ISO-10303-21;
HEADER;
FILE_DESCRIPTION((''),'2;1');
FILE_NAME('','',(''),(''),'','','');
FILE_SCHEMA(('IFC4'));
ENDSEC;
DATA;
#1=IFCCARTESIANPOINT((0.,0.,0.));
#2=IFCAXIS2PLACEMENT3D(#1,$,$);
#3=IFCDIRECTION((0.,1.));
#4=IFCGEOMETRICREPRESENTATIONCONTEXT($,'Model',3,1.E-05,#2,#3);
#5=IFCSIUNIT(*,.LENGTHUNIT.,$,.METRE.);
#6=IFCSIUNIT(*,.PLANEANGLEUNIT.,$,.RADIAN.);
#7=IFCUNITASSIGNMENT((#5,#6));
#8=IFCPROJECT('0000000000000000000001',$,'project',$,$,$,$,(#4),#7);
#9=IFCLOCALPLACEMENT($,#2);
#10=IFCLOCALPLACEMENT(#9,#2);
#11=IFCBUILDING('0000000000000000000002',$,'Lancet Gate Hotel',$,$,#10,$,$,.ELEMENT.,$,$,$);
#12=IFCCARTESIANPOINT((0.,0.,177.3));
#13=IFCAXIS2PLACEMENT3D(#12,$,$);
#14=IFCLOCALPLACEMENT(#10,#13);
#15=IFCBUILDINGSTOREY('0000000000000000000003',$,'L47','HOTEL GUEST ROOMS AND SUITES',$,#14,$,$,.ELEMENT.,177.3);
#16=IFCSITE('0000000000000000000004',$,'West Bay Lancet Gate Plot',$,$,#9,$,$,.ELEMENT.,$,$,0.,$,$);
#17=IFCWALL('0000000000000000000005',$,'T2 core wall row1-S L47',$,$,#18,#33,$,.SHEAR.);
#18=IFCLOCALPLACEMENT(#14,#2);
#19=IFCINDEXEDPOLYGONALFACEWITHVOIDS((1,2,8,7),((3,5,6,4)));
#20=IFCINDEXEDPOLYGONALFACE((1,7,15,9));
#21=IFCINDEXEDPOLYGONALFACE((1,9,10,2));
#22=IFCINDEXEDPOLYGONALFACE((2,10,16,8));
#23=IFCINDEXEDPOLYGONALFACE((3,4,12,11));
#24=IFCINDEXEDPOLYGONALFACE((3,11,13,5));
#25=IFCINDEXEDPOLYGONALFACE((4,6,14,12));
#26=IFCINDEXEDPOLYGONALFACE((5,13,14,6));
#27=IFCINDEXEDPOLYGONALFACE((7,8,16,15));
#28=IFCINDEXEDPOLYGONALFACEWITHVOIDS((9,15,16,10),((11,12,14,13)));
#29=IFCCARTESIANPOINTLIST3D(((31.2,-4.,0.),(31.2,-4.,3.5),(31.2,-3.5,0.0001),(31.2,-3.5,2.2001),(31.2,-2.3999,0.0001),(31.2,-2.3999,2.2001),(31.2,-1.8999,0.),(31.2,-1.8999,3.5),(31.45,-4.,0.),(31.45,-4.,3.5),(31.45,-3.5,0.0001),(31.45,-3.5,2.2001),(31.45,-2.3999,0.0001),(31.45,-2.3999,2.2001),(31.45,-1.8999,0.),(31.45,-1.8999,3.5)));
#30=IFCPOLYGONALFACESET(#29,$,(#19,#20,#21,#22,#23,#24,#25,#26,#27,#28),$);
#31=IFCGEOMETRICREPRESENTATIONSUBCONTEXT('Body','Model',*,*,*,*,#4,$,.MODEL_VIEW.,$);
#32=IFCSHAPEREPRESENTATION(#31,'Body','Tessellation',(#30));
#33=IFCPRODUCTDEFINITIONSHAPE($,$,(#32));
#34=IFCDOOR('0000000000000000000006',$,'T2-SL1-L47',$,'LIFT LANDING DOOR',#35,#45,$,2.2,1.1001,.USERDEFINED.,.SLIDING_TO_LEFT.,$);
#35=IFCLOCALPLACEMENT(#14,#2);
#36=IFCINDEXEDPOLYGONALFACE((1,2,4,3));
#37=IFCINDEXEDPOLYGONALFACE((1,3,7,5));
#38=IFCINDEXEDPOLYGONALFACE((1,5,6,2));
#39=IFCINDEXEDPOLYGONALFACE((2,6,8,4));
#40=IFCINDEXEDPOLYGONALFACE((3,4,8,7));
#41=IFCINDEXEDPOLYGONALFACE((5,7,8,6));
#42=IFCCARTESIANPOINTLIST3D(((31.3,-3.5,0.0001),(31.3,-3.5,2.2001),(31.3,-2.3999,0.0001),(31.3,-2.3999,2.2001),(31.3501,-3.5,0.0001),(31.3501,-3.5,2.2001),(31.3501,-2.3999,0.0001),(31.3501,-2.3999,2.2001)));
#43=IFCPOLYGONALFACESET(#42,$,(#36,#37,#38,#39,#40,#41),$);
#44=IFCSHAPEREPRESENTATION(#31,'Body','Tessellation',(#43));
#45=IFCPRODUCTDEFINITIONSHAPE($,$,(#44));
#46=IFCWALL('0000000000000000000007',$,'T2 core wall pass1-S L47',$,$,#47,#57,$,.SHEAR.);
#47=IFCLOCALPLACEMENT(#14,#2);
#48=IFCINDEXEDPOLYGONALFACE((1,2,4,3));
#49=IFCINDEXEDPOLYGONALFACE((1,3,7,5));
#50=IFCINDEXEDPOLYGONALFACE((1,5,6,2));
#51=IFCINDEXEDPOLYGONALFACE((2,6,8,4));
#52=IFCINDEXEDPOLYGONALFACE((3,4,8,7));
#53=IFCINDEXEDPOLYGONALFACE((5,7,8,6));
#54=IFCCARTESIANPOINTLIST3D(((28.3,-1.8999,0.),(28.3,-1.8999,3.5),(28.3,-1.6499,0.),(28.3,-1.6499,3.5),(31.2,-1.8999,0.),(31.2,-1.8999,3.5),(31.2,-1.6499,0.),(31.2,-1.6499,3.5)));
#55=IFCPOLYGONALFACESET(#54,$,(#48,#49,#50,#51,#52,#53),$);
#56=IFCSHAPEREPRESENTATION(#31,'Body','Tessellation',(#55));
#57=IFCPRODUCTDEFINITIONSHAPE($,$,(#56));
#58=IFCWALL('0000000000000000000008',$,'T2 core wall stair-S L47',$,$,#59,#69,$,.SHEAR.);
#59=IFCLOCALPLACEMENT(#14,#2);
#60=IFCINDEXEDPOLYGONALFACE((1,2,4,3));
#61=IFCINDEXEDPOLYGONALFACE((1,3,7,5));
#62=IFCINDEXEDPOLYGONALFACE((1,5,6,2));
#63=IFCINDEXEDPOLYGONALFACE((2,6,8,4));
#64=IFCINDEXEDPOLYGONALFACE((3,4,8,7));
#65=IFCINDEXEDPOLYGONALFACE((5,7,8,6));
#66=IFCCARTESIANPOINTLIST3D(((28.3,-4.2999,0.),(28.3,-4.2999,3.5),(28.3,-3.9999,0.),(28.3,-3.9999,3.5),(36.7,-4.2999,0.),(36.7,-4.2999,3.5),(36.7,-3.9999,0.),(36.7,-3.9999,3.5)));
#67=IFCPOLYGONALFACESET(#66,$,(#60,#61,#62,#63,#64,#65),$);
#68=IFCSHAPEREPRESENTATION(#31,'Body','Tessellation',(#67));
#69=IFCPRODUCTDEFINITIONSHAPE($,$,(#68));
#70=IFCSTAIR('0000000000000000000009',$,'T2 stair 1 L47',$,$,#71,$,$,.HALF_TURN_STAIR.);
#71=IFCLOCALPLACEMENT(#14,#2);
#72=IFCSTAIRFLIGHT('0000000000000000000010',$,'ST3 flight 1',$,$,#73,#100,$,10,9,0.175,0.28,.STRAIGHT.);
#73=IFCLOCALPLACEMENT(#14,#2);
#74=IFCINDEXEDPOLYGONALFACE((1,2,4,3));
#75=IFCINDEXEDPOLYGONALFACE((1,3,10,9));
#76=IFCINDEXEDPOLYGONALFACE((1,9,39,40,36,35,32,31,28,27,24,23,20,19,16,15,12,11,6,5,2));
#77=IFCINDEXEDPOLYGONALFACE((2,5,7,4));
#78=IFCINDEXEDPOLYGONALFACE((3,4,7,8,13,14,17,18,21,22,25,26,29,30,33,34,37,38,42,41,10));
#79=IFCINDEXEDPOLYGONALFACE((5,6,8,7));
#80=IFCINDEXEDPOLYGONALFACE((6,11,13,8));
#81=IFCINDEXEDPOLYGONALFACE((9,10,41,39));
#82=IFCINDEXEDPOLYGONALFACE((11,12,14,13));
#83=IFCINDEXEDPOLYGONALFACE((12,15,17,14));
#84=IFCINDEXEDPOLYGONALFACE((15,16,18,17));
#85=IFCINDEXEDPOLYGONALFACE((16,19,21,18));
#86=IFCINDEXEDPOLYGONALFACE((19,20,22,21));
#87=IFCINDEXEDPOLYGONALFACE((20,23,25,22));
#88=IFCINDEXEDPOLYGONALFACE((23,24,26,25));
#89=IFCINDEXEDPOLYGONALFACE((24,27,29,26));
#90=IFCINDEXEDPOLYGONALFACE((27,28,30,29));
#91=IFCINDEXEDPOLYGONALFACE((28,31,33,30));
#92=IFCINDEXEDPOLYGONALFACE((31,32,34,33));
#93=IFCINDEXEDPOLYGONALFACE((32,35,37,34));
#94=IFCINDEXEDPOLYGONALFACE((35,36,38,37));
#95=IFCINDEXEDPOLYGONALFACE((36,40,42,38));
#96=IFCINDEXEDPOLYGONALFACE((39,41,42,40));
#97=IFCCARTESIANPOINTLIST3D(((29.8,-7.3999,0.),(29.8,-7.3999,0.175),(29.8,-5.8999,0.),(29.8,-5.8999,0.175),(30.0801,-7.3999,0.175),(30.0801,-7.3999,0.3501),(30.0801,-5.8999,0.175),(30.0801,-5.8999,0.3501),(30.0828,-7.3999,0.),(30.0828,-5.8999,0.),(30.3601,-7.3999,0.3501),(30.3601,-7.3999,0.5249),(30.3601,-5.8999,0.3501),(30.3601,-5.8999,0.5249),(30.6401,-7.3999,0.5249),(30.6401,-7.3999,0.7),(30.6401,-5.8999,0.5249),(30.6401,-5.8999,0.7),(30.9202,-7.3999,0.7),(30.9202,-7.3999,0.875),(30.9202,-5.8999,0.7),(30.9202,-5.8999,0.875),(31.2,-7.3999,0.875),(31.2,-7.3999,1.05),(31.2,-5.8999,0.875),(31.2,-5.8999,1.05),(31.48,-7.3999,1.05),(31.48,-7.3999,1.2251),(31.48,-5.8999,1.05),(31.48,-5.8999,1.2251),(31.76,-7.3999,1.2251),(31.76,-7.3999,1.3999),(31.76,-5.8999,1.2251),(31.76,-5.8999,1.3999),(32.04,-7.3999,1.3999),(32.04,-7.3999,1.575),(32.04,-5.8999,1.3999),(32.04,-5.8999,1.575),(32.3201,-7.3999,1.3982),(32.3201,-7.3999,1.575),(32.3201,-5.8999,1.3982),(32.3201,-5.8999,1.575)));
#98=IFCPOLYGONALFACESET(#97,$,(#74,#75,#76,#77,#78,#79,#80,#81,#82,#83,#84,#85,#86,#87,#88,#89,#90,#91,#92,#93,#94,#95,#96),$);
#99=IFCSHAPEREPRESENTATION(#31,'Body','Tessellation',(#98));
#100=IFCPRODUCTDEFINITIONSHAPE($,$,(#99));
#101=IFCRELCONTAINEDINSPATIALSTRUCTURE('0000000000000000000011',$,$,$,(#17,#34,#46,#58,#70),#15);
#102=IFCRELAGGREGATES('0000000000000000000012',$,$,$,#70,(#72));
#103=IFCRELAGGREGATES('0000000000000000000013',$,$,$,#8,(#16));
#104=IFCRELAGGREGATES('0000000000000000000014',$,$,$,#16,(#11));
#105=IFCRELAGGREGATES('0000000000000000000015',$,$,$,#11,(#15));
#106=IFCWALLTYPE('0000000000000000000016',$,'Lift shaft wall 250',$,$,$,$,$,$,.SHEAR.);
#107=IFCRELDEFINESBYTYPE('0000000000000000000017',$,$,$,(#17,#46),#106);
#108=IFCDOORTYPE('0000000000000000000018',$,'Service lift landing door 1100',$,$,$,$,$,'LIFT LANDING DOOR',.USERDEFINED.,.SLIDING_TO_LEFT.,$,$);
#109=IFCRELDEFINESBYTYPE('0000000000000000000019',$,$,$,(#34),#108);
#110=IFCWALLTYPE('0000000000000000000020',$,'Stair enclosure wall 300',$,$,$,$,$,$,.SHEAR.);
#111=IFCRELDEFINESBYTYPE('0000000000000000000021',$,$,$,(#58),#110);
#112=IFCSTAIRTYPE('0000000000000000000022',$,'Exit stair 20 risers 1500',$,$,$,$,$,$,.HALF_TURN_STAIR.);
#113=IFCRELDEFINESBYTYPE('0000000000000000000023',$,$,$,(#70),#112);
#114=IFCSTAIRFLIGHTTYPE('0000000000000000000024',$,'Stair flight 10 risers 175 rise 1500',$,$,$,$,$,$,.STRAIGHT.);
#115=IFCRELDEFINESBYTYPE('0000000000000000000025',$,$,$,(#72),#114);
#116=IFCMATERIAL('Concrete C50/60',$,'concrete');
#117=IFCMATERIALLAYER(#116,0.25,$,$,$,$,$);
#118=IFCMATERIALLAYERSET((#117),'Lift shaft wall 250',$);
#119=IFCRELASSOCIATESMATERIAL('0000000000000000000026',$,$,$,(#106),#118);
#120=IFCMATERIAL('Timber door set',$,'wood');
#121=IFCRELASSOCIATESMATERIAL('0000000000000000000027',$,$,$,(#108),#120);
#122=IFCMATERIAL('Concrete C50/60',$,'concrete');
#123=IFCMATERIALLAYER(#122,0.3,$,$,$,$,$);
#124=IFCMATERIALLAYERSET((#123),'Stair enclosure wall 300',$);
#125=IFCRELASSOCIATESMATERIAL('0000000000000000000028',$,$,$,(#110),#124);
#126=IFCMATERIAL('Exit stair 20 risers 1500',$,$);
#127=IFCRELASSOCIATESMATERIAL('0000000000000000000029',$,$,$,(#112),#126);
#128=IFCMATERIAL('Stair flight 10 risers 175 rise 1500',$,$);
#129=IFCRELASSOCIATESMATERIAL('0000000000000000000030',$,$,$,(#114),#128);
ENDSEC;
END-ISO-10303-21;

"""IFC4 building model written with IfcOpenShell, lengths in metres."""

from ifc_helpers import new_model, si_unit, direction, frame, frame_2d, origin, place, context, subcontext, project, spatial, polyline, rectangle, outline, extrude, material, layer, layer_set, type_object, element, fill, aggregate, save


model = new_model("IFC4")

# Units and contexts
model_context = context("Model", 3, precision=1e-05, world=origin(), true_north=direction((0.0, 1.0)))
body_context = subcontext(model_context, "Body", "Model", "MODEL_VIEW")
ifc_project = project(units=[si_unit("LENGTHUNIT", "METRE"), si_unit("PLANEANGLEUNIT", "RADIAN")], contexts=[model_context])

# Site, building, storey
site_placement = place(None, origin())
site = spatial("IfcSite", under=ifc_project, at=site_placement, Name="West Bay Lancet Gate Plot", CompositionType="ELEMENT", RefElevation=0.0)
building_placement = place(site_placement, origin())
building = spatial("IfcBuilding", under=site, at=building_placement, Name="Lancet Gate Hotel", CompositionType="ELEMENT")
storey_placement = place(building_placement, frame((0.0, 0.0, 177.3)))
storey = spatial("IfcBuildingStorey", under=building, at=storey_placement, Name="L47", Description="HOTEL GUEST ROOMS AND SUITES", CompositionType="ELEMENT", Elevation=177.3)

# Wall, opening, door
ifc_material_1 = material(Name="Concrete C50/60", Category="concrete")
ifc_layer_1 = layer(ifc_material_1, 0.25)
ifc_layer_set_1 = layer_set([ifc_layer_1], Name="Lift shaft wall 250")
wall_type_1 = type_object("IfcWallType", Name="Lift shaft wall 250", PredefinedType="SHEAR", material=ifc_layer_set_1)
wall_1_placement = place(storey_placement, frame((31.325, -4.0, 0.0), z_axis=(0.0, 0.0, 1.0), x_axis=(0.0, 1.0, 0.0)))
wall_1 = element("IfcWall", 1, at=wall_1_placement, inside=storey, type_object=wall_type_1, Name="T2 core wall row1-S L47", PredefinedType="SHEAR", context=body_context, shape_type="SweptSolid", body=[
    extrude(rectangle(XDim=2.1001, YDim=0.25, at=frame_2d((1.05, 0.0))), origin(), (0.0, 0.0, 1.0), 3.5),
])
opening_1_placement = place(wall_1_placement, frame((0.5, 0.0, 0.0)))
opening_1 = element("IfcOpeningElement", 2, at=opening_1_placement, cuts=wall_1, PredefinedType="OPENING", context=body_context, shape_type="SweptSolid", body=[
    extrude(rectangle(XDim=1.1001, YDim=2.2, at=frame_2d((0.55, 1.1001))), frame((0.0, 0.135, 0.0), z_axis=(0.0, -1.0, 0.0), x_axis=(1.0, 0.0, 0.0)), (0.0, 0.0, 1.0), 0.27),
])
ifc_material_2 = material(Name="Timber door set", Category="wood")
door_type_1 = type_object("IfcDoorType", Name="Service lift landing door 1100", ElementType="LIFT LANDING DOOR", OperationType="SLIDING_TO_LEFT", PredefinedType="USERDEFINED", material=ifc_material_2)
door_1_placement = place(opening_1_placement, origin())
door_1 = element("IfcDoor", 3, at=door_1_placement, inside=storey, type_object=door_type_1, Name="T2-SL1-L47", ObjectType="LIFT LANDING DOOR", OperationType="SLIDING_TO_LEFT", OverallHeight=2.2, OverallWidth=1.1001, PredefinedType="USERDEFINED", context=body_context, shape_type="SweptSolid", body=[
    extrude(rectangle(XDim=1.1001, YDim=2.2, at=frame_2d((0.55, 1.1001))), frame((0.0, 0.0249, 0.0), z_axis=(0.0, -1.0, 0.0), x_axis=(1.0, 0.0, 0.0)), (0.0, 0.0, 1.0), 0.05),
])
fill(opening_1, door_1)

# Walls
wall_2_placement = place(storey_placement, frame((28.3, -1.7749, 0.0), z_axis=(0.0, 0.0, 1.0), x_axis=(1.0, 0.0, 0.0)))
element("IfcWall", 4, at=wall_2_placement, inside=storey, type_object=wall_type_1, Name="T2 core wall pass1-S L47", PredefinedType="SHEAR", context=body_context, shape_type="SweptSolid", body=[
    extrude(rectangle(XDim=2.8999, YDim=0.25, at=frame_2d((1.45, 0.0))), origin(), (0.0, 0.0, 1.0), 3.5),
])
ifc_material_3 = material(Name="Concrete C50/60", Category="concrete")
ifc_layer_2 = layer(ifc_material_3, 0.3)
ifc_layer_set_2 = layer_set([ifc_layer_2], Name="Stair enclosure wall 300")
wall_type_2 = type_object("IfcWallType", Name="Stair enclosure wall 300", PredefinedType="SHEAR", material=ifc_layer_set_2)
wall_3_placement = place(storey_placement, frame((28.3, -4.1499, 0.0), z_axis=(0.0, 0.0, 1.0), x_axis=(1.0, 0.0, 0.0)))
element("IfcWall", 5, at=wall_3_placement, inside=storey, type_object=wall_type_2, Name="T2 core wall stair-S L47", PredefinedType="SHEAR", context=body_context, shape_type="SweptSolid", body=[
    extrude(rectangle(XDim=8.3999, YDim=0.3, at=frame_2d((4.2, 0.0))), origin(), (0.0, 0.0, 1.0), 3.5),
])

# Stair, stair flight
ifc_material_4 = material(Name="Exit stair 20 risers 1500")
stair_type = type_object("IfcStairType", Name="Exit stair 20 risers 1500", PredefinedType="HALF_TURN_STAIR", material=ifc_material_4)
stair_placement = place(storey_placement, origin())
stair = element("IfcStair", 6, at=stair_placement, inside=storey, type_object=stair_type, Name="T2 stair 1 L47", PredefinedType="HALF_TURN_STAIR")
ifc_material_5 = material(Name="Stair flight 10 risers 175 rise 1500")
stair_flight_type = type_object("IfcStairFlightType", Name="Stair flight 10 risers 175 rise 1500", PredefinedType="STRAIGHT", material=ifc_material_5)
stair_flight_placement = place(storey_placement, frame((29.8, -6.6499, 0.0), z_axis=(0.0, 0.0, 1.0), x_axis=(1.0, 0.0, 0.0)))
stair_flight = element("IfcStairFlight", 7, at=stair_flight_placement, type_object=stair_flight_type, Name="ST3 flight 1", NumberOfRisers=10, NumberOfTreads=9, PredefinedType="STRAIGHT", RiserHeight=0.175, TreadLength=0.28, context=body_context, shape_type="SweptSolid", body=[
    extrude(outline(polyline([(0.0, 0.0), (0.0, 0.175), (0.28, 0.175), (0.28, 0.3501), (0.5601, 0.3501), (0.5601, 0.5249), (0.8401, 0.5249), (0.8401, 0.7), (1.1201, 0.7), (1.1201, 0.875), (1.3999, 0.875), (1.3999, 1.05), (1.6799, 1.05), (1.6799, 1.2251), (1.96, 1.2251), (1.96, 1.3999), (2.24, 1.3999), (2.24, 1.575), (2.52, 1.575), (2.52, 1.75), (2.52, 1.3982), (0.2827, 0.0), (0.0, 0.0)])), frame((0.0, 0.75, 0.0), z_axis=(0.0, -1.0, 0.0), x_axis=(1.0, 0.0, 0.0)), (0.0, 0.0, 1.0), 1.5),
])
aggregate(stair, [stair_flight])

save(model, "model.ifc")
